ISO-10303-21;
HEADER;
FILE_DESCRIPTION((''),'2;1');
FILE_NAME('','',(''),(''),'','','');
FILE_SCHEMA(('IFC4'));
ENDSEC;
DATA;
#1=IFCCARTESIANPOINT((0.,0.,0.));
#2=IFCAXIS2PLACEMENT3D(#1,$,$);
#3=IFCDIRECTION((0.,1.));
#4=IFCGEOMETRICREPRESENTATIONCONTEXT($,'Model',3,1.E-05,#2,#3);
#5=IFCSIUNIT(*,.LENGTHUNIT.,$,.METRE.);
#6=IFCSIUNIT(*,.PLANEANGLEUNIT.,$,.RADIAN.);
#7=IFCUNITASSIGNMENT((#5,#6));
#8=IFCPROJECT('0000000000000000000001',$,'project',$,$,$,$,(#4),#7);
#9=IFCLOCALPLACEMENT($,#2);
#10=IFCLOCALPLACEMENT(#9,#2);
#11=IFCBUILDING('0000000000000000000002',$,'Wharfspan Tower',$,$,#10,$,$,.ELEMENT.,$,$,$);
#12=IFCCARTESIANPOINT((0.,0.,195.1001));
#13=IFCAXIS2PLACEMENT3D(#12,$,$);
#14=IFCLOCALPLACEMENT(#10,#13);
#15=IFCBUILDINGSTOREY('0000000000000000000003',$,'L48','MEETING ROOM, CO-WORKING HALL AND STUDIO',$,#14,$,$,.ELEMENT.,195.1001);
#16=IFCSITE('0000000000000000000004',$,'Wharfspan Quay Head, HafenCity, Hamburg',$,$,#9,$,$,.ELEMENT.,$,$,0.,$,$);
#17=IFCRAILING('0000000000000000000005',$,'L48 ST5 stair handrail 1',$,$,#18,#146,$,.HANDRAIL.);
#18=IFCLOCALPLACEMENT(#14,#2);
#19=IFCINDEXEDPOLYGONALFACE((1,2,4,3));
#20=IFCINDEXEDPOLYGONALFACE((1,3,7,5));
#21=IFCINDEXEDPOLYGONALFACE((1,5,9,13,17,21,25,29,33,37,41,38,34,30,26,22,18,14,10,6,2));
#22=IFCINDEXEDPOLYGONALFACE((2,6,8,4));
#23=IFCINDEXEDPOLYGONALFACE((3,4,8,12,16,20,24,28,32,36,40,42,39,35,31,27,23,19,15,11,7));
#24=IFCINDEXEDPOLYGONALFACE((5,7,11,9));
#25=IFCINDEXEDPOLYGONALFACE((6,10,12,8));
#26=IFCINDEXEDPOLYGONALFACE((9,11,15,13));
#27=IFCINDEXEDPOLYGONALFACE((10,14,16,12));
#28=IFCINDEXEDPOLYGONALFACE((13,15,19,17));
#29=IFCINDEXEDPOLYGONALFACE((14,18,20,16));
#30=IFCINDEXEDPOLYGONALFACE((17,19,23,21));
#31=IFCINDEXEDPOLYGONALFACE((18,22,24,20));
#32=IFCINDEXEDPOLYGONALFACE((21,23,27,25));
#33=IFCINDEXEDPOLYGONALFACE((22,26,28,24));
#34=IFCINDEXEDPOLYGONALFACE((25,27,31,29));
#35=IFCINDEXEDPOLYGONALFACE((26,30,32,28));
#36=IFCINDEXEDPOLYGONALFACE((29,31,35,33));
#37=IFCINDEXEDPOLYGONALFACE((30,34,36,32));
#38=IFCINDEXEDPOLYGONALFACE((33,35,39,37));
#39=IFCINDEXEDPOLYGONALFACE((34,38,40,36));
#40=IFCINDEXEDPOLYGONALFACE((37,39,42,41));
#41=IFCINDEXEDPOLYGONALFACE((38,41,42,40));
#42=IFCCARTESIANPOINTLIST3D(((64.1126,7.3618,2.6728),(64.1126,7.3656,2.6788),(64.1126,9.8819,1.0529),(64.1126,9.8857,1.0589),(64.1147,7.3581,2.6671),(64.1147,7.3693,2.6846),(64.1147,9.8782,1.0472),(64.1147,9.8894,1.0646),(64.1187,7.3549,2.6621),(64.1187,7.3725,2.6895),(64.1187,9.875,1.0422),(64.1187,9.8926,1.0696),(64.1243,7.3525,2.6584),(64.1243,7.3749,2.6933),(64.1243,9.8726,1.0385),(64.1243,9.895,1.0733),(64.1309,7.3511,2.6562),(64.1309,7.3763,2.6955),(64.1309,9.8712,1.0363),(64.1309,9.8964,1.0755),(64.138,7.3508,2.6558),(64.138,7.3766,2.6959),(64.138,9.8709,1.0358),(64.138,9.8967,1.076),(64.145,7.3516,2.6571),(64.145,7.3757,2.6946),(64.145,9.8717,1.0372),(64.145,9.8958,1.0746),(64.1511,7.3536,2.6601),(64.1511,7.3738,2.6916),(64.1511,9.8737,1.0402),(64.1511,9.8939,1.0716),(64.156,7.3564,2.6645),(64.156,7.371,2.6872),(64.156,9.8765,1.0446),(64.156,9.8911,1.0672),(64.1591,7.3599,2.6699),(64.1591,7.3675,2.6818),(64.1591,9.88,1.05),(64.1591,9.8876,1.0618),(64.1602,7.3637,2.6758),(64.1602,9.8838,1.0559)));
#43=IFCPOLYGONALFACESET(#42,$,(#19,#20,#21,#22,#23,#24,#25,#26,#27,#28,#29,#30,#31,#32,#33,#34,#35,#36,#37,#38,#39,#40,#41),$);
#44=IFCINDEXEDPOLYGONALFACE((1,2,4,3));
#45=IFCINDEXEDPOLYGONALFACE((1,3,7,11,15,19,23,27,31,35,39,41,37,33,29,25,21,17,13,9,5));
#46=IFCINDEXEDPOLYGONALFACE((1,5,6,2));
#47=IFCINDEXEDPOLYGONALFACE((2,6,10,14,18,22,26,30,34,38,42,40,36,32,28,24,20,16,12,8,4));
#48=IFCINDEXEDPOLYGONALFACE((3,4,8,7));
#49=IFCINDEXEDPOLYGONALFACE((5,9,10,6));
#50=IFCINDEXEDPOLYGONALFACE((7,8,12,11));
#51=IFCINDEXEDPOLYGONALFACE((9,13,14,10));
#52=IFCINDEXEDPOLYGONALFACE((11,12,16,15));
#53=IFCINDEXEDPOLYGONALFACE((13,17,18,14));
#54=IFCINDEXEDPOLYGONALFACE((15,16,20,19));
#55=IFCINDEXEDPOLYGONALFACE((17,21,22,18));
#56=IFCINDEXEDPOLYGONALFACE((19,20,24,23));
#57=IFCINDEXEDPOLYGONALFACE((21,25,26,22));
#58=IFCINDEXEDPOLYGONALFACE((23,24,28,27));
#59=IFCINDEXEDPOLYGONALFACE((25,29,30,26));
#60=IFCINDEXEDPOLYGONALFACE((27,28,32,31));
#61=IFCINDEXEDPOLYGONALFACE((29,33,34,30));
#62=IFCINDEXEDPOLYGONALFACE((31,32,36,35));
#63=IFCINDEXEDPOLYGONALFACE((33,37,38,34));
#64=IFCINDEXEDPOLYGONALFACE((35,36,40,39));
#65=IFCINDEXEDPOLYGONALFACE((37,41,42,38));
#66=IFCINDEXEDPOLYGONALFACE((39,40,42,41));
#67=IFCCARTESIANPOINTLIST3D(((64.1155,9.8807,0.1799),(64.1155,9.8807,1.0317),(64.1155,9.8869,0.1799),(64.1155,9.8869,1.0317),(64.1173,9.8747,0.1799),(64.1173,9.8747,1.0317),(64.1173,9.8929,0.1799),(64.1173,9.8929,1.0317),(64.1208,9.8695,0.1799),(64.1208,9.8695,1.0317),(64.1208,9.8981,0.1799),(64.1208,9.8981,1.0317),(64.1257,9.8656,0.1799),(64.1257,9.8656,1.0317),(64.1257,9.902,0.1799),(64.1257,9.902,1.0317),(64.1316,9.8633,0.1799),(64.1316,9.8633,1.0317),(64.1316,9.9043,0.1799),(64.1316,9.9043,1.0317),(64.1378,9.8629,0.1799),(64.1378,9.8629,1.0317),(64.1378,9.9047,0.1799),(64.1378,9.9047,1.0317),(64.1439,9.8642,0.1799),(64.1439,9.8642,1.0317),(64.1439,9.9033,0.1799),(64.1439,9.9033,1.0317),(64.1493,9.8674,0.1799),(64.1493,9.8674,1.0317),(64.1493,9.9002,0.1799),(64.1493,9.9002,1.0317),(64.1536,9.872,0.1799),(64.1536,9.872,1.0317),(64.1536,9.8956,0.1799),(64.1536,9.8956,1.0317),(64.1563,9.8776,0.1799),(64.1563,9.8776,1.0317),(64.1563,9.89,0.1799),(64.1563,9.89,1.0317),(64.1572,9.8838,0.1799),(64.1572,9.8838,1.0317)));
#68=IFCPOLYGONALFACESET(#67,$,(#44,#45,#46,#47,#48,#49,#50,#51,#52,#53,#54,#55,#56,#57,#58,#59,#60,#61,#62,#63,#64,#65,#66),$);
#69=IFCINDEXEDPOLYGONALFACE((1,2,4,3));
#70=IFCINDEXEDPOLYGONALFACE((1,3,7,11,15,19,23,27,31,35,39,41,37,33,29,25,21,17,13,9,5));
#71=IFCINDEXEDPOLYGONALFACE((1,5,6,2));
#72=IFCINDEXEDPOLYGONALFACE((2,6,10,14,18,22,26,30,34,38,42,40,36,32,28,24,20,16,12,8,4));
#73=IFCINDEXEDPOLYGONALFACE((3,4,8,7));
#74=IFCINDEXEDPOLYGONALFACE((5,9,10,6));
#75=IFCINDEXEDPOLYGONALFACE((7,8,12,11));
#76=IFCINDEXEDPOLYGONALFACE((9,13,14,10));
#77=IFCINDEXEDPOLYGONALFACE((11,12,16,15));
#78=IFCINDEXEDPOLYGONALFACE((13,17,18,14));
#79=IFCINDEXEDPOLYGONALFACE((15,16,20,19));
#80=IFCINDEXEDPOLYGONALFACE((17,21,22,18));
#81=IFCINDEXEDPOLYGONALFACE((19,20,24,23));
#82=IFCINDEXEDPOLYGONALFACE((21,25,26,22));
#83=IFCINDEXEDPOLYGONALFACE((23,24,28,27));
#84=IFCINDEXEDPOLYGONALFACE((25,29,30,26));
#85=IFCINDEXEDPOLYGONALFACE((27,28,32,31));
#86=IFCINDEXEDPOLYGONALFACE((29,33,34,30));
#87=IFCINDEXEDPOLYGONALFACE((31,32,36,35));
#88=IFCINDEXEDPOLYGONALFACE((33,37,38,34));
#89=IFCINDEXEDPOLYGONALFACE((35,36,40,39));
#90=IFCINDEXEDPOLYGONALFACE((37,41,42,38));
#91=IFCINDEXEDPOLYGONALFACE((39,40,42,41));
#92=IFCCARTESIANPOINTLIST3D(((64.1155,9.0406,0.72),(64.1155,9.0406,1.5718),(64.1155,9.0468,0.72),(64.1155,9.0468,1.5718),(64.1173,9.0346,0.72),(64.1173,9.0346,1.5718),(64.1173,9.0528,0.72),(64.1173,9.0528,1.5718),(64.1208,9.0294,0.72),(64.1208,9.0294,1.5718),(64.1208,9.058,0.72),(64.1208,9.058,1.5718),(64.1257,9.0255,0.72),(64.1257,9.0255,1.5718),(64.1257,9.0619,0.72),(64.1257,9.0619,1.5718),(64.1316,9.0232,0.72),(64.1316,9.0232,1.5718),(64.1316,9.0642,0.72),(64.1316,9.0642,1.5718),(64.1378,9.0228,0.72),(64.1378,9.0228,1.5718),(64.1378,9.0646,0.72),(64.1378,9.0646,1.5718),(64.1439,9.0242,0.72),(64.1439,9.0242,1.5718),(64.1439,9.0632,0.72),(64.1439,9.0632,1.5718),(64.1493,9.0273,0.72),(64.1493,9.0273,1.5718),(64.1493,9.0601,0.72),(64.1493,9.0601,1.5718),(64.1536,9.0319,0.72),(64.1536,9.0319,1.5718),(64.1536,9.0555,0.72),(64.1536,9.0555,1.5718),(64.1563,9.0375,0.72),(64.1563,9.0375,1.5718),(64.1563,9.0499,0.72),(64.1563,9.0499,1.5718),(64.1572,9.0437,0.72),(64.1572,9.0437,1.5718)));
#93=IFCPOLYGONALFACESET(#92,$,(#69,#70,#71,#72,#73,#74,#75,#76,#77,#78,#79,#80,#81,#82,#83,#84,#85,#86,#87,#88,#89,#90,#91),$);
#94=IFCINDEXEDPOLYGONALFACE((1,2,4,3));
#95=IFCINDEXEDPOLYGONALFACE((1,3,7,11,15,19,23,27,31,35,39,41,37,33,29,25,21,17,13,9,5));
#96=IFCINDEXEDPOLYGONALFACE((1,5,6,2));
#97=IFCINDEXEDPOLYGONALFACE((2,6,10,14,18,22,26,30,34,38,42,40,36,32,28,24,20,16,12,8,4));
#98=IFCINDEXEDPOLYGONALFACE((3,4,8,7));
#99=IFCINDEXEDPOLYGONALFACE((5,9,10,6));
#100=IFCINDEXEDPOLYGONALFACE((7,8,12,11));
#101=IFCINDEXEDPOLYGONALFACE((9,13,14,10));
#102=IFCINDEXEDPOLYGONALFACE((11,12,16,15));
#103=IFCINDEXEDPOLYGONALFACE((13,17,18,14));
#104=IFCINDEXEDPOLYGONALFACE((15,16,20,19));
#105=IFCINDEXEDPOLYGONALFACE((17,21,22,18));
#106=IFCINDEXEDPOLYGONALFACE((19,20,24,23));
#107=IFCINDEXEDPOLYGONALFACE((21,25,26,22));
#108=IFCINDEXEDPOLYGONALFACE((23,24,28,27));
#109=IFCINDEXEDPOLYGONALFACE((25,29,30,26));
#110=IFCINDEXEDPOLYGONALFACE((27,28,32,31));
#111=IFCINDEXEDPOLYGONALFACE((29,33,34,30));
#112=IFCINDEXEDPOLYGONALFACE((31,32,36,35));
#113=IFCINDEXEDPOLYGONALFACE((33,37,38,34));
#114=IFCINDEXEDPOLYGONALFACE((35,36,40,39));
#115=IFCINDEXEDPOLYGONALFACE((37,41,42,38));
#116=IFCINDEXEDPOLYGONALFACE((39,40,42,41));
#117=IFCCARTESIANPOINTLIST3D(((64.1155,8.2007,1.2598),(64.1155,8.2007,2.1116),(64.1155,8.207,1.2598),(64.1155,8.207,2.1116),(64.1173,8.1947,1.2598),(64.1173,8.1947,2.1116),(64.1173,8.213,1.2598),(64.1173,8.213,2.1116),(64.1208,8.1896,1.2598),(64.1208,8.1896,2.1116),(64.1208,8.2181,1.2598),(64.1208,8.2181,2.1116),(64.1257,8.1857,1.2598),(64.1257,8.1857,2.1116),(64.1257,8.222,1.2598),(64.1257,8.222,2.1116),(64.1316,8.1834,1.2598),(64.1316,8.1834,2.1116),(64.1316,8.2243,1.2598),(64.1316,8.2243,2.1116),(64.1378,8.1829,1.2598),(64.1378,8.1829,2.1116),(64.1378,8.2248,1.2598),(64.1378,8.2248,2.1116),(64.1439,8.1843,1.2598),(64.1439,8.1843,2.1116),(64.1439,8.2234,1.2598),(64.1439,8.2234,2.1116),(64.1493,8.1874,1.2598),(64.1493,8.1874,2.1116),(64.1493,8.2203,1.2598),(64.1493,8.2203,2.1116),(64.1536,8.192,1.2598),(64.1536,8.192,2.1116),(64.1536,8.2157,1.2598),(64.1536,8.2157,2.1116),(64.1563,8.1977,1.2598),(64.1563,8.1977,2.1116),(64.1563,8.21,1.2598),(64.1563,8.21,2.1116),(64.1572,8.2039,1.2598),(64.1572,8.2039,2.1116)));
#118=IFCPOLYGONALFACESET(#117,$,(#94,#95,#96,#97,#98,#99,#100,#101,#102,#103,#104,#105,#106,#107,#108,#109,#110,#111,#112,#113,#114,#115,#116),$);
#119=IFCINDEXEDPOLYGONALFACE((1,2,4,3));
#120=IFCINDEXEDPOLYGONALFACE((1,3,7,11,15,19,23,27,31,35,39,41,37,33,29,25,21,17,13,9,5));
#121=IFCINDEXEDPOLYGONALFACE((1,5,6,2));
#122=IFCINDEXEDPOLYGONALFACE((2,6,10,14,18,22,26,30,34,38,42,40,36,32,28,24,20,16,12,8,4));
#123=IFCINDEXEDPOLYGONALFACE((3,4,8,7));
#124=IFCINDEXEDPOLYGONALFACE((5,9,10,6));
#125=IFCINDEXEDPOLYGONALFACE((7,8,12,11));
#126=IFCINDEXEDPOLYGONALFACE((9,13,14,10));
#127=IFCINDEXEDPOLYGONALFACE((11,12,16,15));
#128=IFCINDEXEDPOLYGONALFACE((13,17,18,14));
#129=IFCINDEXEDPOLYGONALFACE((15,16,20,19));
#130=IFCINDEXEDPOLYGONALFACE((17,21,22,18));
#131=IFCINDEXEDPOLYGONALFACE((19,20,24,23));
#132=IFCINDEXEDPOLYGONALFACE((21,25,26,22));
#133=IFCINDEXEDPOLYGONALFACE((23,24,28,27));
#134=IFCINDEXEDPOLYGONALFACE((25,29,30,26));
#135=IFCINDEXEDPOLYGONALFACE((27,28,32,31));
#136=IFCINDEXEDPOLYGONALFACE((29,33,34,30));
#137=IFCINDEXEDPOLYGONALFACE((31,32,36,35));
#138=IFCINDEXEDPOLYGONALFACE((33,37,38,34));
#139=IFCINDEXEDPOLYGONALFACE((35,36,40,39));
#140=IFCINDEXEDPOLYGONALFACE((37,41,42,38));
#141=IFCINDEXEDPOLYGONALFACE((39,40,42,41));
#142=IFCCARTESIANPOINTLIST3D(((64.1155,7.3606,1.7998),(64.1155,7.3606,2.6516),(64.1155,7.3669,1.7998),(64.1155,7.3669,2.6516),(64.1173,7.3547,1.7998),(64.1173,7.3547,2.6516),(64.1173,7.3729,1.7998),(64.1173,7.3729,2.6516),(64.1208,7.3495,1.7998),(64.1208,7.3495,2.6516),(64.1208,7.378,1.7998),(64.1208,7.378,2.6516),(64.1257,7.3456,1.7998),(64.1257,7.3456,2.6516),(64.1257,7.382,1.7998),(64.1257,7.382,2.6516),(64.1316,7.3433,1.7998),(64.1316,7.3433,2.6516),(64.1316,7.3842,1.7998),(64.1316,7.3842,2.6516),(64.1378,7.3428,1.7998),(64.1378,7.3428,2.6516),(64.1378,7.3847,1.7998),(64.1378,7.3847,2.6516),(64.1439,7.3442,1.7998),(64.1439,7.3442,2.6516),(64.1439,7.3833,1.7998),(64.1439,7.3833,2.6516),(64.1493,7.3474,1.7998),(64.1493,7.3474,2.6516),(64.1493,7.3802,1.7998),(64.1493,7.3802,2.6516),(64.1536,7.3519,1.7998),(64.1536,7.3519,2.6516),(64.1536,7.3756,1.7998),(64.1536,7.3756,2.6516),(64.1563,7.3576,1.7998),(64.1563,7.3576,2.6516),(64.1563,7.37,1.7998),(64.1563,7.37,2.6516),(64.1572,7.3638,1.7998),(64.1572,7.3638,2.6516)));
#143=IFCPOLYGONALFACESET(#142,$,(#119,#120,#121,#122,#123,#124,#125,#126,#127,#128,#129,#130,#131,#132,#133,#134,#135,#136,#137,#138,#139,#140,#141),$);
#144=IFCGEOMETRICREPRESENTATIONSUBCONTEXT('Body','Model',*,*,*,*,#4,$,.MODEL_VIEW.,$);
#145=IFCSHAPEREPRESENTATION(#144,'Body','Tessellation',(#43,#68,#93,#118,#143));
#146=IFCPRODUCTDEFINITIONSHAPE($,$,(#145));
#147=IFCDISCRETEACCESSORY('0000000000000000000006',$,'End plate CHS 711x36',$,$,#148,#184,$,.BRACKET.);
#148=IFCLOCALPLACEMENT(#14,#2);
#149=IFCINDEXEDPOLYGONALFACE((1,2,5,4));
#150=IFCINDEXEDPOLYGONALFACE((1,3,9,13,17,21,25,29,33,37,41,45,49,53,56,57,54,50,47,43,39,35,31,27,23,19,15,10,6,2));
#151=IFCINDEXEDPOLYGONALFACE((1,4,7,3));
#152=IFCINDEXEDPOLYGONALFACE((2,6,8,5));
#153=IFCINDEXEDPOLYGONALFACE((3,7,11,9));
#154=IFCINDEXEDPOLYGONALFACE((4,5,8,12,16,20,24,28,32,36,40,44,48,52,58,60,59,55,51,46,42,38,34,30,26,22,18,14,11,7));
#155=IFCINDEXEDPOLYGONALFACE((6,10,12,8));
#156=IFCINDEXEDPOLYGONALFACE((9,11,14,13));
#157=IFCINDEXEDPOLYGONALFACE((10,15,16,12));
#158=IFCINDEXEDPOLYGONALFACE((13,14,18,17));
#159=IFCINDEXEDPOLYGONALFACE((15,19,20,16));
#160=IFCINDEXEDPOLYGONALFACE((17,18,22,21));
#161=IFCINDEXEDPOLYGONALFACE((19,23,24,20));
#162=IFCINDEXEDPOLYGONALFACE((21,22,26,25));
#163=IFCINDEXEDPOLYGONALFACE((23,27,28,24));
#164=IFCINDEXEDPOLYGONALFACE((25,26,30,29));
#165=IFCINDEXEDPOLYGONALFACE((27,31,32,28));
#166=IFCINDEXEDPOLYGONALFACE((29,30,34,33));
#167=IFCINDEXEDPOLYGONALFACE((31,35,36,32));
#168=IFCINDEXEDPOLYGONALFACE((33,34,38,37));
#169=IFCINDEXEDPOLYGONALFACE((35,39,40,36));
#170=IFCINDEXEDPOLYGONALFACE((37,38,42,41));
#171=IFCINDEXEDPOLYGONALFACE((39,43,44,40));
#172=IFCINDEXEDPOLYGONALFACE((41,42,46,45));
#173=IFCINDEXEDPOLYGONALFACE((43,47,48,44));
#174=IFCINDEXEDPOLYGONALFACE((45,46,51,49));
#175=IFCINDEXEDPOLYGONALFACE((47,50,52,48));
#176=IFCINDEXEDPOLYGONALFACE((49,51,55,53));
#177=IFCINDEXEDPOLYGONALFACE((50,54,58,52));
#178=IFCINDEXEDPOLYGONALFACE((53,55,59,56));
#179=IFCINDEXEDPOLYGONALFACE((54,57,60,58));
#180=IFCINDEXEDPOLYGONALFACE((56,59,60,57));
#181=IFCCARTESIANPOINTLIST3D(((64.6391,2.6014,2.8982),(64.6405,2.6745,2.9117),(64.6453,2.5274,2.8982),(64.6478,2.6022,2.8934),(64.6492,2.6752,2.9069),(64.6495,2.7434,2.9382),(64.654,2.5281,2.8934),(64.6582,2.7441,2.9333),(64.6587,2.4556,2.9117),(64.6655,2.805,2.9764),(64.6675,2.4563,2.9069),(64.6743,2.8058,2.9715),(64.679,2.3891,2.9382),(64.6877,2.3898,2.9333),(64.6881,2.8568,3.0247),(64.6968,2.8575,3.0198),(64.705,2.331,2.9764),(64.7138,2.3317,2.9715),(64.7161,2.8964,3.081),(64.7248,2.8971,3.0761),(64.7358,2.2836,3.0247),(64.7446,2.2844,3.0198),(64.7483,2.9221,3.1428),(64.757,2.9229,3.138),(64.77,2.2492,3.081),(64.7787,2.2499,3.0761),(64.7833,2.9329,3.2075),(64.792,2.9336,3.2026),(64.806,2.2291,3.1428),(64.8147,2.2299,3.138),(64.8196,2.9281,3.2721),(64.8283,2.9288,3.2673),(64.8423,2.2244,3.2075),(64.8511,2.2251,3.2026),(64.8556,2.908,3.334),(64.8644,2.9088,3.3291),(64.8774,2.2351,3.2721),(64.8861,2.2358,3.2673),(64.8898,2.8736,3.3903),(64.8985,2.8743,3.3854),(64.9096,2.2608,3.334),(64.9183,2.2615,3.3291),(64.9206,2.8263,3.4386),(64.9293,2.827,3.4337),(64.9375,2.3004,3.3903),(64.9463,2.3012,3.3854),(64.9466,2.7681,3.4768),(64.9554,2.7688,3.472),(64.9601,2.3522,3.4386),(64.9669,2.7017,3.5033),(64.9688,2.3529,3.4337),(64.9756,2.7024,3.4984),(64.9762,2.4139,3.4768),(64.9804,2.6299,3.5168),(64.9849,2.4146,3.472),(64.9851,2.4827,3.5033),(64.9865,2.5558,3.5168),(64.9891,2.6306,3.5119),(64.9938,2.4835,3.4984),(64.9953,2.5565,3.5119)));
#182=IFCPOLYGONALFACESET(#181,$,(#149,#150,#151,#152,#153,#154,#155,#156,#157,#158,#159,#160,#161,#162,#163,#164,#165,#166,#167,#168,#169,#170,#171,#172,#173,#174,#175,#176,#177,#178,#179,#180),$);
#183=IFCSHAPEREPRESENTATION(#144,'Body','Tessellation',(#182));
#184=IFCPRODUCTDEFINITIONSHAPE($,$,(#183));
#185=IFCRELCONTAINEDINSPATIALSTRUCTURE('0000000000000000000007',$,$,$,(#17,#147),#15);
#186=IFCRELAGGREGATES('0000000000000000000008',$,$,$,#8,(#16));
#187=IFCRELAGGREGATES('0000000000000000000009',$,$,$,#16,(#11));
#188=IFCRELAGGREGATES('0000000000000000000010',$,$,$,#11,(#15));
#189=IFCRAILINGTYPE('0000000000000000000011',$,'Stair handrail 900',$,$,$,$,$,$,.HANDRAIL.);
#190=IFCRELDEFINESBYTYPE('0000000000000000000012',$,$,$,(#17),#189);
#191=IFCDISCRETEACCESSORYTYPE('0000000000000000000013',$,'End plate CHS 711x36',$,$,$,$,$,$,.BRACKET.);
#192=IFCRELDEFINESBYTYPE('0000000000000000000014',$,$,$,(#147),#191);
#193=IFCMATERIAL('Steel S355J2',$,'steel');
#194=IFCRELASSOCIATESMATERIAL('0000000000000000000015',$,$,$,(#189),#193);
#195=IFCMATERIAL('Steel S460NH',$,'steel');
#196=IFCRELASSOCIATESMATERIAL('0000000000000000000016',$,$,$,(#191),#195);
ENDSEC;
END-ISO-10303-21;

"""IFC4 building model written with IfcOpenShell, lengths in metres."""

from ifc_helpers import new_model, si_unit, direction, frame, origin, origin_2d, place, context, subcontext, project, spatial, circle, extrude, material, material_profile, profile_set, type_object, element, save


model = new_model("IFC4")

# Units and contexts
model_context = context("Model", 3, precision=1e-05, world=origin(), true_north=direction((0.0, 1.0)))
body_context = subcontext(model_context, "Body", "Model", "MODEL_VIEW")
ifc_project = project(units=[si_unit("LENGTHUNIT", "METRE"), si_unit("PLANEANGLEUNIT", "RADIAN")], contexts=[model_context])

# Site, building, storey
site_placement = place(None, origin())
site = spatial("IfcSite", under=ifc_project, at=site_placement, Name="Wharfspan Quay Head, HafenCity, Hamburg", CompositionType="ELEMENT", RefElevation=0.0)
building_placement = place(site_placement, origin())
building = spatial("IfcBuilding", under=site, at=building_placement, Name="Wharfspan Tower", CompositionType="ELEMENT")
storey_placement = place(building_placement, frame((0.0, 0.0, 195.1001)))
storey = spatial("IfcBuildingStorey", under=building, at=storey_placement, Name="L48", Description="MEETING ROOM, CO-WORKING HALL AND STUDIO", CompositionType="ELEMENT", Elevation=195.1001)

# Shared definitions
ifc_material_1 = material(Name="Steel S355J2", Category="steel")

# Shared definitions
ifc_material_2 = material(Name="Steel S460NH", Category="steel")

# Railing
railing_type_1 = type_object("IfcRailingType", Name="Stair handrail 900", PredefinedType="HANDRAIL", material=ifc_material_1)
railing_1_placement = place(storey_placement, frame((64.1362, 9.8838, 0.1799)))
element("IfcRailing", 1, at=railing_1_placement, inside=storey, type_object=railing_type_1, Name="L48 ST5 stair handrail 1", PredefinedType="HANDRAIL", context=body_context, shape_type="SweptSolid", body=[
    extrude(circle(Radius=0.0239, at=origin_2d()), frame((0.0, 0.0, 0.876), z_axis=(0.0, -0.8412, 0.540725), x_axis=(1.0, 0.0, 0.0)), (0.0, 0.0, 1.0), 2.9958),
    extrude(circle(Radius=0.021, at=origin_2d()), origin(), (0.0, 0.0, 1.0), 0.8518),
    extrude(circle(Radius=0.021, at=origin_2d()), frame((0.0, -0.8401, 0.54)), (0.0, 0.0, 1.0), 0.8518),
    extrude(circle(Radius=0.021, at=origin_2d()), frame((0.0, -1.6799, 1.0798)), (0.0, 0.0, 1.0), 0.8518),
    extrude(circle(Radius=0.021, at=origin_2d()), frame((0.0, -2.52, 1.6199)), (0.0, 0.0, 1.0), 0.8518),
])

# Discrete accessory
ifc_material_profile_1 = material_profile(ifc_material_2, circle(Radius=0.3555, at=origin_2d()))
ifc_profile_set_1 = profile_set([ifc_material_profile_1], Name="Steel S460NH")
discrete_accessory_type = type_object("IfcDiscreteAccessoryType", Name="End plate CHS 711x36", PredefinedType="BRACKET", material=ifc_profile_set_1)
for number, where, z_axis, x_axis, name in (
    (2, (64.8215, 2.5793, 3.2026), (-0.871847, -0.072654, 0.484359), (0.083044, -0.996547, -0.000003), "End plate CHS 711x36"),
):
    element("IfcDiscreteAccessory", number, at=place(storey_placement, frame(where, z_axis=z_axis, x_axis=x_axis)), inside=storey, type_object=discrete_accessory_type, Name=name, PredefinedType="BRACKET", context=body_context, shape_type="SweptSolid", body=[
        extrude(circle(Radius=0.3555, at=origin_2d()), origin(), (0.0, 0.0, 1.0), 0.01),
    ])

save(model, "model.ifc")
